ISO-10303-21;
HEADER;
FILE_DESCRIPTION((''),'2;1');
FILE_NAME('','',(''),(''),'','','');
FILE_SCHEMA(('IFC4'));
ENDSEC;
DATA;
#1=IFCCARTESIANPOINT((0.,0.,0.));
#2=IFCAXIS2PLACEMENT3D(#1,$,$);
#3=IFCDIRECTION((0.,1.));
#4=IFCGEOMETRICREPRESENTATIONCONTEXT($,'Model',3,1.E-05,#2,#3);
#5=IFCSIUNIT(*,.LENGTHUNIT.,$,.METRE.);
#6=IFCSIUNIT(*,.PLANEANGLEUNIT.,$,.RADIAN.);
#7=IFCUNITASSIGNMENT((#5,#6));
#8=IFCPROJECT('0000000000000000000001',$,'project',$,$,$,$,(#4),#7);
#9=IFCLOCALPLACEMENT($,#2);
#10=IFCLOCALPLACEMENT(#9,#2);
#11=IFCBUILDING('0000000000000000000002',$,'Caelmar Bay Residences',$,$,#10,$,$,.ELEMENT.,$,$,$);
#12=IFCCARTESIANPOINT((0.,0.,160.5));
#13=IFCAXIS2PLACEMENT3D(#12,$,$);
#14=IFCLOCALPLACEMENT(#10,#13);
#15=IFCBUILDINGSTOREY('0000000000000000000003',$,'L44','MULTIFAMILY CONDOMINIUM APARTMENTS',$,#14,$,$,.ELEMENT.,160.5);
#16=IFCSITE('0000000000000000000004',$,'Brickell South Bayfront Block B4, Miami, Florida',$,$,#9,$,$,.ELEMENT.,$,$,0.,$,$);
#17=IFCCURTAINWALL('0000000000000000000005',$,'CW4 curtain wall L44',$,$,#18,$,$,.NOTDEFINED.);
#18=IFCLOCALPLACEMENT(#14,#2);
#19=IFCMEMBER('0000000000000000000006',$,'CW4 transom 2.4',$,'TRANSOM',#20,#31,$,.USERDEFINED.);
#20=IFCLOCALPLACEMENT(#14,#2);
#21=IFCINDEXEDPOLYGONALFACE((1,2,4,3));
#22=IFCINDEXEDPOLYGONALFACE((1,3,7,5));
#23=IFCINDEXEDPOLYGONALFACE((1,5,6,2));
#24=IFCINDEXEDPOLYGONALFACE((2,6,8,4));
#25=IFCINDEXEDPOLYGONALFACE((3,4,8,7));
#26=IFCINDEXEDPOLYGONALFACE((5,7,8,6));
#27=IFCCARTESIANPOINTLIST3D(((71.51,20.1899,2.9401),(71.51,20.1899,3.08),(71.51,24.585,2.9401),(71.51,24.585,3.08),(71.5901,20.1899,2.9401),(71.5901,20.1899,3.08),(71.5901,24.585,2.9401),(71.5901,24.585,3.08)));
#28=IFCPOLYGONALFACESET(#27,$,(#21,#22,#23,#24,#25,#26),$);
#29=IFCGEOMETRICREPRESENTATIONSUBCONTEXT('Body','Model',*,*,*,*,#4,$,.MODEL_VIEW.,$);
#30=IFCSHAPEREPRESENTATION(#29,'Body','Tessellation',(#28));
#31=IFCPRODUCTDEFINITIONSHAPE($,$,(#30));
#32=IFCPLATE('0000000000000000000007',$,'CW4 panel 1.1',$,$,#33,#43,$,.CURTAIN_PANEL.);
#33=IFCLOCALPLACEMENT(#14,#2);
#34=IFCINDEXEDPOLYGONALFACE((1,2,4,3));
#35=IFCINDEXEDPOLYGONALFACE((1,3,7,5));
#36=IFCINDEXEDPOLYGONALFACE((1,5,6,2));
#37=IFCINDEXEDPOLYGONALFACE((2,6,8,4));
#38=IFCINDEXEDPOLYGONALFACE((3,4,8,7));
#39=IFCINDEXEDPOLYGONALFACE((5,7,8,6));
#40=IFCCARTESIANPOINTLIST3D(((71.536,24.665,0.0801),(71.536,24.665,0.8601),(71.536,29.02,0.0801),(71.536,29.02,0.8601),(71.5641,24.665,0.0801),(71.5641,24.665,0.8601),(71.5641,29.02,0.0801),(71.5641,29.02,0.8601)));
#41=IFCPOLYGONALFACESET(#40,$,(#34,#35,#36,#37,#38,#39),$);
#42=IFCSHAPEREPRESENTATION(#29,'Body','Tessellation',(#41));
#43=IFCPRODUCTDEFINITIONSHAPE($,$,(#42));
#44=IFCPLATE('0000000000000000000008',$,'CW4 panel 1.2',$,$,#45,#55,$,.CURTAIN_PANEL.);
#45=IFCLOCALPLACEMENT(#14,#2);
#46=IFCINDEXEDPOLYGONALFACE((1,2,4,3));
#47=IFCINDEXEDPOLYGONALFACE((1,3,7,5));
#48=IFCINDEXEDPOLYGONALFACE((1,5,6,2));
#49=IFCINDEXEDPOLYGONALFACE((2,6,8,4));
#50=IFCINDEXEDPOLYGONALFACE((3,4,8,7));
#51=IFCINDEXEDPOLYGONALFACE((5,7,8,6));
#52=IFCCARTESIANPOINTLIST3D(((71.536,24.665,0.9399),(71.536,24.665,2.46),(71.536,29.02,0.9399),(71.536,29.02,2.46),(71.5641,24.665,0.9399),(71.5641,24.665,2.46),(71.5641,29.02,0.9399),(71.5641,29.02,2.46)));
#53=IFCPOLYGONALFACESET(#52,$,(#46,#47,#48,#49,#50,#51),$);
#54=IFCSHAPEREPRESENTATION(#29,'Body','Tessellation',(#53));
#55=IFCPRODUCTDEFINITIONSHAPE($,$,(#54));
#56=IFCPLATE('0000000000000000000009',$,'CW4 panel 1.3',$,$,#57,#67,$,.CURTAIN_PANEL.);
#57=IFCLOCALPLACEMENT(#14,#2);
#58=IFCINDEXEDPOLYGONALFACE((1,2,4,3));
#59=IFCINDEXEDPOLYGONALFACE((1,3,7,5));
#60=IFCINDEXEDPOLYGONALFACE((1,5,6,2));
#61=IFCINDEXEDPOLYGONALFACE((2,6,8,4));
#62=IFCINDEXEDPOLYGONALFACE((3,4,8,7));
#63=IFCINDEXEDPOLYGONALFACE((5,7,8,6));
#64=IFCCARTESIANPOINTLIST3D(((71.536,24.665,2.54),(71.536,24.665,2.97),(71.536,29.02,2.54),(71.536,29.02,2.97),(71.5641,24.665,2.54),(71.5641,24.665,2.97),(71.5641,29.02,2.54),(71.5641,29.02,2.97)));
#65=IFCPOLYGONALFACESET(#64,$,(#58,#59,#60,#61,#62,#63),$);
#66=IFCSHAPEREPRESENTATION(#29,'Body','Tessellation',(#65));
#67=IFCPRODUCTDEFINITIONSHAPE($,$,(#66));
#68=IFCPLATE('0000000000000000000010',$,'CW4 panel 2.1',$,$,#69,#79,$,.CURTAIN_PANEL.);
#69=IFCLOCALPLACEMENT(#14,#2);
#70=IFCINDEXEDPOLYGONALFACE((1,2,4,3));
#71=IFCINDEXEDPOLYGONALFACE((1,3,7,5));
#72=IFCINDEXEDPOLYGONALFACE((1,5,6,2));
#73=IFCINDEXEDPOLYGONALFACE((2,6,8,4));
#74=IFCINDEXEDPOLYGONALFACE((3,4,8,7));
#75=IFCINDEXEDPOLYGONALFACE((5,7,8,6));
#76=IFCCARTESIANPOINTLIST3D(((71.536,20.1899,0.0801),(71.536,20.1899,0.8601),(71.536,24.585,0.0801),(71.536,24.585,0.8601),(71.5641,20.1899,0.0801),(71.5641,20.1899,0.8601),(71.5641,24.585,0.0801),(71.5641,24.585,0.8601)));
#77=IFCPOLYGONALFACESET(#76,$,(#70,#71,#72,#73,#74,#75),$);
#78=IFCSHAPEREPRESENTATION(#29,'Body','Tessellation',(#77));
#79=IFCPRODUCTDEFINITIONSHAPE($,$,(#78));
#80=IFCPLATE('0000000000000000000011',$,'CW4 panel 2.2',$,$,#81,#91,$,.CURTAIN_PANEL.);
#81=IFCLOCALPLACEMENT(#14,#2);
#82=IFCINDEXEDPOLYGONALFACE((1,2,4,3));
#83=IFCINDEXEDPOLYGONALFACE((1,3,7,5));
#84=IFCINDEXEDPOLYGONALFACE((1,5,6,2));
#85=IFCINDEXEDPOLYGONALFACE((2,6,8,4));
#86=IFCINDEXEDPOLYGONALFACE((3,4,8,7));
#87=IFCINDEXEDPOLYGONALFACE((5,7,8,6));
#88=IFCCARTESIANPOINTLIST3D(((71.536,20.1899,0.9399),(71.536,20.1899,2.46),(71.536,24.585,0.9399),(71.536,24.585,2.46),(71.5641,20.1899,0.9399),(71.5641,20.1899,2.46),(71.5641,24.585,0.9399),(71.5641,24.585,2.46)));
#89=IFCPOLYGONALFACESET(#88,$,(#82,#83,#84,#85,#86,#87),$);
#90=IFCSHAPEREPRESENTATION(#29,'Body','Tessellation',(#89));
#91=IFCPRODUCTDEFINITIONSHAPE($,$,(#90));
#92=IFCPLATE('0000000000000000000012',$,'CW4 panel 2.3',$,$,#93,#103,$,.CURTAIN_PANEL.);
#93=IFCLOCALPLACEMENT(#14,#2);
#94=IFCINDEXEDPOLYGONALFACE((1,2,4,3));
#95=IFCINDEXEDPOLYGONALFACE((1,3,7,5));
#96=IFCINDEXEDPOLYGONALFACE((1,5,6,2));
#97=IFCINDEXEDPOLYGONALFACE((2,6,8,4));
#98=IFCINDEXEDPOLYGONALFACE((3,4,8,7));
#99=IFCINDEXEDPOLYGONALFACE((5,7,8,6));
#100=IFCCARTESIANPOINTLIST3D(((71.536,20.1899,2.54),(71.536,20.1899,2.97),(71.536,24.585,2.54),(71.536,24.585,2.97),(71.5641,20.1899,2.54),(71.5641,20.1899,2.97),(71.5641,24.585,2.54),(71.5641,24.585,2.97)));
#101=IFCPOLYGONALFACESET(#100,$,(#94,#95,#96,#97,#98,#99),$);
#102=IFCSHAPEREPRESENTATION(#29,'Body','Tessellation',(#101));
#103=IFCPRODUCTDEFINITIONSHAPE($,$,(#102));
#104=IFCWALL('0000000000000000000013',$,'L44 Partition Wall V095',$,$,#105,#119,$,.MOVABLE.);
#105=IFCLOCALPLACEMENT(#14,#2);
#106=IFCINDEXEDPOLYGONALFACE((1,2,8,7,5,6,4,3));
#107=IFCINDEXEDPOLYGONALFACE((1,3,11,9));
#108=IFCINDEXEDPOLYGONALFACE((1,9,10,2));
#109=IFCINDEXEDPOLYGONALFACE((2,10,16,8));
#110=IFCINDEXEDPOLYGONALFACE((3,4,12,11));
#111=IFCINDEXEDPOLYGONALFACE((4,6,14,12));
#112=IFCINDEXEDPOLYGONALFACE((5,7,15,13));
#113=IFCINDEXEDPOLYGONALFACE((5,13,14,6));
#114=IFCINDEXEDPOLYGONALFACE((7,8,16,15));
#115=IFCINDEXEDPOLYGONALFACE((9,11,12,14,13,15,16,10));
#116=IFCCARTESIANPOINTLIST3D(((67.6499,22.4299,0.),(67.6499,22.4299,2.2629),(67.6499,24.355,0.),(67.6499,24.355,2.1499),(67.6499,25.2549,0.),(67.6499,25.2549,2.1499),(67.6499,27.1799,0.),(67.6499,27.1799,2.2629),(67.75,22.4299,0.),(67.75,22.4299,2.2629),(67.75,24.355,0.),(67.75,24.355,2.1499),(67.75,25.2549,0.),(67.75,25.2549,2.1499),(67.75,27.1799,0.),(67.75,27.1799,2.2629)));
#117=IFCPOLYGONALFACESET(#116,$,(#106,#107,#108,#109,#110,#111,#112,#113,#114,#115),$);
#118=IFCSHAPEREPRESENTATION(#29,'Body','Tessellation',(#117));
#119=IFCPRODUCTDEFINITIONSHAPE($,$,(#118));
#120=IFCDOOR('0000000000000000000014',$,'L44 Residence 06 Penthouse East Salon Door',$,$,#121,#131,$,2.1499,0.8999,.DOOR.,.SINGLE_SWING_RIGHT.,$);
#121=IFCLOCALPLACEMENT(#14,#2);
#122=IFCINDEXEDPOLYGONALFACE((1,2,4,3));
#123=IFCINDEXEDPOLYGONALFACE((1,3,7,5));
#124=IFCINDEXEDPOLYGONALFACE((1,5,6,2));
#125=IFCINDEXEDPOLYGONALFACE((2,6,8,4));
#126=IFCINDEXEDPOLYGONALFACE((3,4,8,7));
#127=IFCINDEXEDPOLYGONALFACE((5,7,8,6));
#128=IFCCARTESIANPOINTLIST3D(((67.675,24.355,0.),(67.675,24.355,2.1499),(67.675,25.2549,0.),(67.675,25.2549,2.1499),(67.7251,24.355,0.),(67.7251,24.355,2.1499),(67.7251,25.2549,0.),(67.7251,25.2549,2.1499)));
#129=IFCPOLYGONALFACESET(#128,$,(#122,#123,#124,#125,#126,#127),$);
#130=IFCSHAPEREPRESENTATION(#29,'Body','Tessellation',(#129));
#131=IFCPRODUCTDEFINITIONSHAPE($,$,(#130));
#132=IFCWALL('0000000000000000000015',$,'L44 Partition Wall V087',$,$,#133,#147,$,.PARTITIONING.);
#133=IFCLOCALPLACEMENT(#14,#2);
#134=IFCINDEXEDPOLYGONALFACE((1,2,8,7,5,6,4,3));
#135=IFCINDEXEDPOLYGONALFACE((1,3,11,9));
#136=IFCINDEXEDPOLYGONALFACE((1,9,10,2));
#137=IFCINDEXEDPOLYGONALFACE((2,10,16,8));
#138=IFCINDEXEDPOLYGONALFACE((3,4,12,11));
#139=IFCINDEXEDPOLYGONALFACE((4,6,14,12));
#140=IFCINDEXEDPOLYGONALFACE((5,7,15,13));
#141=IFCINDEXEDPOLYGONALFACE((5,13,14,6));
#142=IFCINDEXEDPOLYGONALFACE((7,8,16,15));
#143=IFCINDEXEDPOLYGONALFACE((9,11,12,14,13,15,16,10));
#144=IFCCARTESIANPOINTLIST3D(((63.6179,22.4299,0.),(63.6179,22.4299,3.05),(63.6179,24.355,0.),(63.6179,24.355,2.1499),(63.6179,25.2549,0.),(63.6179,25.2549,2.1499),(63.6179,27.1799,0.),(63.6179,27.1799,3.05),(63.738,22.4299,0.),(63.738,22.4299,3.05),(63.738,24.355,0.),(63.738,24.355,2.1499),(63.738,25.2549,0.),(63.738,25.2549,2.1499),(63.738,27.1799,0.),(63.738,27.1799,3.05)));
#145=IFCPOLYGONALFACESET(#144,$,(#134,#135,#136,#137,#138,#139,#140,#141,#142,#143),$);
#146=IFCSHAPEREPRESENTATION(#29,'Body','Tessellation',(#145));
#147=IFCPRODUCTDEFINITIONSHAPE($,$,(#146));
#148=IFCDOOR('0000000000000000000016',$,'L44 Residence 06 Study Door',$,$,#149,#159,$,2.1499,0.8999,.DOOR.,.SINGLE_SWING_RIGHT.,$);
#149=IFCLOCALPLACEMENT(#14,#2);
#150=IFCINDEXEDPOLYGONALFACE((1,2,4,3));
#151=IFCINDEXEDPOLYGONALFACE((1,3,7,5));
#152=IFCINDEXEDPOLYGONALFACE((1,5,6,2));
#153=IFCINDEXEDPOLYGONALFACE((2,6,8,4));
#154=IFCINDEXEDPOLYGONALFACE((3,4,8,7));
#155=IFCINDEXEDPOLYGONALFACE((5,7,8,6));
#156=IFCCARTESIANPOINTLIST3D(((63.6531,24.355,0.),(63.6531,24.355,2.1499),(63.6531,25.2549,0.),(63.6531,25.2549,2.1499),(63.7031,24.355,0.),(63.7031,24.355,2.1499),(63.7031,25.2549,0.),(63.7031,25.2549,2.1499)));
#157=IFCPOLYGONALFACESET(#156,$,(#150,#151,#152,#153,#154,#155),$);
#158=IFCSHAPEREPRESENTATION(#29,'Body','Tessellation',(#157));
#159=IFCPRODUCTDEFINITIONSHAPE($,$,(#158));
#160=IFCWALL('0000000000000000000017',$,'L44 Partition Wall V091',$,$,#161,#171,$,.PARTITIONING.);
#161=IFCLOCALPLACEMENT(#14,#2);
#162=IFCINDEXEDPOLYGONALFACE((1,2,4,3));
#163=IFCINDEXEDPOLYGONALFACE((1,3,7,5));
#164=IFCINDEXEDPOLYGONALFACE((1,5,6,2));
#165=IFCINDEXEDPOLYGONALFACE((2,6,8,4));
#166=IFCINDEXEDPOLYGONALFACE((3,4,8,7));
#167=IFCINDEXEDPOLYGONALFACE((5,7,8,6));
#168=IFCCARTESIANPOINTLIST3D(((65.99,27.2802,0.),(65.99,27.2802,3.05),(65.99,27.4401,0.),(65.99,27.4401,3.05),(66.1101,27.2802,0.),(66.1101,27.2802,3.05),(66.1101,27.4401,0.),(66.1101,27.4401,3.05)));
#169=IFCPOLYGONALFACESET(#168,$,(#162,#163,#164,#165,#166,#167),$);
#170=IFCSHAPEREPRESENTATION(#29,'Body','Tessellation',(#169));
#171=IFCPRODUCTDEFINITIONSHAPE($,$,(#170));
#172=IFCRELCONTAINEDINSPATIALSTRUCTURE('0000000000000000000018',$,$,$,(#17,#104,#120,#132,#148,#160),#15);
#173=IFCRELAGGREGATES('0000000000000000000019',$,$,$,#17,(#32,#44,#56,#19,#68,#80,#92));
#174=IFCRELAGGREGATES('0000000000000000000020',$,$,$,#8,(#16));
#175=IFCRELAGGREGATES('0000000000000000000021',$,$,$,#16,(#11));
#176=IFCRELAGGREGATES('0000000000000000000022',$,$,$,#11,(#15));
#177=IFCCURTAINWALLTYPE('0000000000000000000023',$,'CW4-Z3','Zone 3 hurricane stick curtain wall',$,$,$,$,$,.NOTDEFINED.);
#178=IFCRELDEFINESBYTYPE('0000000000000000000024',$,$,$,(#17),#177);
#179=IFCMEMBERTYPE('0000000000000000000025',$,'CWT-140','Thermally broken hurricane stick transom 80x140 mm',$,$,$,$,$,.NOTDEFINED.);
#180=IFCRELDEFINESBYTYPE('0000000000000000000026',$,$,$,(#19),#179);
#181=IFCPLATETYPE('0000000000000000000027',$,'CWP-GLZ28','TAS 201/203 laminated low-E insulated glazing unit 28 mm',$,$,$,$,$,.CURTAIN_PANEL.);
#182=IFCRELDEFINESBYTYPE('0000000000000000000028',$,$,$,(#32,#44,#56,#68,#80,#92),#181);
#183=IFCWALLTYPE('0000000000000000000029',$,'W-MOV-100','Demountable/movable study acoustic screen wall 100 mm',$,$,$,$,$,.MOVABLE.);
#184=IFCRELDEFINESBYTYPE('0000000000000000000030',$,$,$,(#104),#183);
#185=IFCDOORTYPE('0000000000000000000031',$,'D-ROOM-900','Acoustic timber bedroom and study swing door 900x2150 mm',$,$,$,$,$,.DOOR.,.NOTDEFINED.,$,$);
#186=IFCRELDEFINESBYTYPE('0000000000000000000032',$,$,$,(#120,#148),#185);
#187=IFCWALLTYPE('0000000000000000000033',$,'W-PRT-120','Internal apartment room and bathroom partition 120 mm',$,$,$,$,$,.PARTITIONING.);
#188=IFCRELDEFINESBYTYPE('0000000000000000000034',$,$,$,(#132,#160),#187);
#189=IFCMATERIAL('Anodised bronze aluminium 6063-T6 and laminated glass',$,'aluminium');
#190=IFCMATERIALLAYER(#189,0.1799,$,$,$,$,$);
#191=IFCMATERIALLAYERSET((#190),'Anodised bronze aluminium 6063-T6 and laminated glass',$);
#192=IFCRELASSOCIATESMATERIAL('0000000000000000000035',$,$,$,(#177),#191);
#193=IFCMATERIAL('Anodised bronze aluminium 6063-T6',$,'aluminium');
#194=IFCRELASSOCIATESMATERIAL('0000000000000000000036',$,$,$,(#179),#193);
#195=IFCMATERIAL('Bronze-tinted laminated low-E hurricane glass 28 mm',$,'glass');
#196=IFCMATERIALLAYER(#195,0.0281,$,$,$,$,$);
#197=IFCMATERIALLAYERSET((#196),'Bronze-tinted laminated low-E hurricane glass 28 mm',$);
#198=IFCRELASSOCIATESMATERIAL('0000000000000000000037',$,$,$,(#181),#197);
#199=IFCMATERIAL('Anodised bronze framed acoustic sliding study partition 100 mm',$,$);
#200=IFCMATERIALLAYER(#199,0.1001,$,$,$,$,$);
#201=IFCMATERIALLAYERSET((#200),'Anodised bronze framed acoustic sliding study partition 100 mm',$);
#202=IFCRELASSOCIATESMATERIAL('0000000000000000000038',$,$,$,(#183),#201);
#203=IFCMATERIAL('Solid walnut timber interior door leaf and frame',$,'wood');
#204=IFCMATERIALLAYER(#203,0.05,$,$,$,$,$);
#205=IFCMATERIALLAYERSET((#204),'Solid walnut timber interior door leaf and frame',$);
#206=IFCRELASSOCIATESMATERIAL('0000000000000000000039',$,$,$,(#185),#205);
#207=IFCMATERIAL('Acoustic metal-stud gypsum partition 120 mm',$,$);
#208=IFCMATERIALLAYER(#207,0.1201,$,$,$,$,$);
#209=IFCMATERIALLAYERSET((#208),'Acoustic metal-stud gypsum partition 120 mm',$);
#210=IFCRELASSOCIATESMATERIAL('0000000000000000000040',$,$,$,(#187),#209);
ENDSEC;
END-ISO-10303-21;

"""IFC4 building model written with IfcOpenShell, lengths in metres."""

from ifc_helpers import new_model, si_unit, direction, frame, frame_2d, origin, origin_2d, place, context, subcontext, project, spatial, rectangle, extrude, material, layer, layer_set, material_profile, profile_set, type_object, element, fill, aggregate, save


model = new_model("IFC4")

# Units and contexts
model_context = context("Model", 3, precision=1e-05, world=origin(), true_north=direction((0.0, 1.0)))
body_context = subcontext(model_context, "Body", "Model", "MODEL_VIEW")
ifc_project = project(units=[si_unit("LENGTHUNIT", "METRE"), si_unit("PLANEANGLEUNIT", "RADIAN")], contexts=[model_context])

# Site, building, storey
site_placement = place(None, origin())
site = spatial("IfcSite", under=ifc_project, at=site_placement, Name="Brickell South Bayfront Block B4, Miami, Florida", CompositionType="ELEMENT", RefElevation=0.0)
building_placement = place(site_placement, origin())
building = spatial("IfcBuilding", under=site, at=building_placement, Name="Caelmar Bay Residences", CompositionType="ELEMENT")
storey_placement = place(building_placement, frame((0.0, 0.0, 160.5)))
storey = spatial("IfcBuildingStorey", under=building, at=storey_placement, Name="L44", Description="MULTIFAMILY CONDOMINIUM APARTMENTS", CompositionType="ELEMENT", Elevation=160.5)

# Curtain wall, member, plates
ifc_material_1 = material(Name="Anodised bronze aluminium 6063-T6 and laminated glass", Category="aluminium")
ifc_layer_1 = layer(ifc_material_1, 0.1799)
ifc_layer_set_1 = layer_set([ifc_layer_1], Name="Anodised bronze aluminium 6063-T6 and laminated glass")
curtain_wall_type = type_object("IfcCurtainWallType", Name="CW4-Z3", Description="Zone 3 hurricane stick curtain wall", PredefinedType="NOTDEFINED", material=ifc_layer_set_1)
curtain_wall_placement = place(storey_placement, origin())
curtain_wall = element("IfcCurtainWall", 1, at=curtain_wall_placement, inside=storey, type_object=curtain_wall_type, Name="CW4 curtain wall L44", PredefinedType="NOTDEFINED")
ifc_material_2 = material(Name="Anodised bronze aluminium 6063-T6", Category="aluminium")
ifc_material_profile_1 = material_profile(ifc_material_2, rectangle(XDim=0.0801, YDim=0.1399, at=origin_2d()), Name="CWT-80X140")
ifc_profile_set_1 = profile_set([ifc_material_profile_1], Name="Anodised bronze aluminium 6063-T6")
member_type_1 = type_object("IfcMemberType", Name="CWT-140", Description="Thermally broken hurricane stick transom 80x140 mm", PredefinedType="NOTDEFINED", material=ifc_profile_set_1)
member_1_placement = place(storey_placement, frame((71.55, 24.585, 3.01), z_axis=(0.0, -1.0, 0.0), x_axis=(1.0, 0.0, 0.0)))
member_1 = element("IfcMember", 2, at=member_1_placement, type_object=member_type_1, Name="CW4 transom 2.4", ObjectType="TRANSOM", PredefinedType="USERDEFINED", context=body_context, shape_type="SweptSolid", body=[
    extrude(rectangle(XDim=0.0801, YDim=0.1399, at=origin_2d()), origin(), (0.0, 0.0, 1.0), 4.395),
])
ifc_material_3 = material(Name="Bronze-tinted laminated low-E hurricane glass 28 mm", Category="glass")
ifc_layer_2 = layer(ifc_material_3, 0.0281)
ifc_layer_set_2 = layer_set([ifc_layer_2], Name="Bronze-tinted laminated low-E hurricane glass 28 mm")
plate_type = type_object("IfcPlateType", Name="CWP-GLZ28", Description="TAS 201/203 laminated low-E insulated glazing unit 28 mm", PredefinedType="CURTAIN_PANEL", material=ifc_layer_set_2)
plate_1_placement = place(storey_placement, frame((71.55, 26.8425, 0.0801), z_axis=(0.0, 0.0, 1.0), x_axis=(0.0, -1.0, 0.0)))
plate_1 = element("IfcPlate", 3, at=plate_1_placement, type_object=plate_type, Name="CW4 panel 1.1", PredefinedType="CURTAIN_PANEL", context=body_context, shape_type="SweptSolid", body=[
    extrude(rectangle(XDim=4.355, YDim=0.0281, at=origin_2d()), origin(), (0.0, 0.0, 1.0), 0.78),
])
plate_2_placement = place(storey_placement, frame((71.55, 26.8425, 0.9399), z_axis=(0.0, 0.0, 1.0), x_axis=(0.0, -1.0, 0.0)))
plate_2 = element("IfcPlate", 4, at=plate_2_placement, type_object=plate_type, Name="CW4 panel 1.2", PredefinedType="CURTAIN_PANEL", context=body_context, shape_type="SweptSolid", body=[
    extrude(rectangle(XDim=4.355, YDim=0.0281, at=origin_2d()), origin(), (0.0, 0.0, 1.0), 1.52),
])
plate_3_placement = place(storey_placement, frame((71.55, 26.8425, 2.54), z_axis=(0.0, 0.0, 1.0), x_axis=(0.0, -1.0, 0.0)))
plate_3 = element("IfcPlate", 5, at=plate_3_placement, type_object=plate_type, Name="CW4 panel 1.3", PredefinedType="CURTAIN_PANEL", context=body_context, shape_type="SweptSolid", body=[
    extrude(rectangle(XDim=4.355, YDim=0.0281, at=origin_2d()), origin(), (0.0, 0.0, 1.0), 0.4299),
])
plate_4_placement = place(storey_placement, frame((71.55, 22.3875, 0.0801), z_axis=(0.0, 0.0, 1.0), x_axis=(0.0, -1.0, 0.0)))
plate_4 = element("IfcPlate", 6, at=plate_4_placement, type_object=plate_type, Name="CW4 panel 2.1", PredefinedType="CURTAIN_PANEL", context=body_context, shape_type="SweptSolid", body=[
    extrude(rectangle(XDim=4.395, YDim=0.0281, at=origin_2d()), origin(), (0.0, 0.0, 1.0), 0.78),
])
plate_5_placement = place(storey_placement, frame((71.55, 22.3875, 0.9399), z_axis=(0.0, 0.0, 1.0), x_axis=(0.0, -1.0, 0.0)))
plate_5 = element("IfcPlate", 7, at=plate_5_placement, type_object=plate_type, Name="CW4 panel 2.2", PredefinedType="CURTAIN_PANEL", context=body_context, shape_type="SweptSolid", body=[
    extrude(rectangle(XDim=4.395, YDim=0.0281, at=origin_2d()), origin(), (0.0, 0.0, 1.0), 1.52),
])
plate_6_placement = place(storey_placement, frame((71.55, 22.3875, 2.54), z_axis=(0.0, 0.0, 1.0), x_axis=(0.0, -1.0, 0.0)))
plate_6 = element("IfcPlate", 8, at=plate_6_placement, type_object=plate_type, Name="CW4 panel 2.3", PredefinedType="CURTAIN_PANEL", context=body_context, shape_type="SweptSolid", body=[
    extrude(rectangle(XDim=4.395, YDim=0.0281, at=origin_2d()), origin(), (0.0, 0.0, 1.0), 0.4299),
])
aggregate(curtain_wall, [plate_1, plate_2, plate_3, member_1, plate_4, plate_5, plate_6])

# Walls, openings, doors
ifc_material_4 = material(Name="Anodised bronze framed acoustic sliding study partition 100 mm")
ifc_layer_3 = layer(ifc_material_4, 0.1001)
ifc_layer_set_3 = layer_set([ifc_layer_3], Name="Anodised bronze framed acoustic sliding study partition 100 mm")
wall_type_1 = type_object("IfcWallType", Name="W-MOV-100", Description="Demountable/movable study acoustic screen wall 100 mm", PredefinedType="MOVABLE", material=ifc_layer_set_3)
wall_1_placement = place(storey_placement, frame((67.7, 22.4299, 0.0), z_axis=(0.0, 0.0, 1.0), x_axis=(0.0, 1.0, 0.0)))
wall_1 = element("IfcWall", 9, at=wall_1_placement, inside=storey, type_object=wall_type_1, Name="L44 Partition Wall V095", PredefinedType="MOVABLE", context=body_context, shape_type="SweptSolid", body=[
    extrude(rectangle(XDim=4.75, YDim=0.1001, at=frame_2d((2.375, 0.0))), origin(), (0.0, 0.0, 1.0), 2.2629),
])
opening_1_placement = place(wall_1_placement, frame((1.925, 0.0, 0.0)))
opening_1 = element("IfcOpeningElement", 10, at=opening_1_placement, cuts=wall_1, PredefinedType="OPENING", context=body_context, shape_type="SweptSolid", body=[
    extrude(rectangle(XDim=0.8999, YDim=2.1499, at=frame_2d((0.45, 1.075))), frame((0.0, 0.0601, 0.0), z_axis=(0.0, -1.0, 0.0), x_axis=(1.0, 0.0, 0.0)), (0.0, 0.0, 1.0), 0.1201),
])
ifc_material_5 = material(Name="Solid walnut timber interior door leaf and frame", Category="wood")
ifc_layer_4 = layer(ifc_material_5, 0.05)
ifc_layer_set_4 = layer_set([ifc_layer_4], Name="Solid walnut timber interior door leaf and frame")
door_type_1 = type_object("IfcDoorType", Name="D-ROOM-900", Description="Acoustic timber bedroom and study swing door 900x2150 mm", OperationType="NOTDEFINED", PredefinedType="DOOR", material=ifc_layer_set_4)
door_1_placement = place(opening_1_placement, origin())
door_1 = element("IfcDoor", 11, at=door_1_placement, inside=storey, type_object=door_type_1, Name="L44 Residence 06 Penthouse East Salon Door", OperationType="SINGLE_SWING_RIGHT", OverallHeight=2.1499, OverallWidth=0.8999, PredefinedType="DOOR", context=body_context, shape_type="SweptSolid", body=[
    extrude(rectangle(XDim=0.8999, YDim=2.1499, at=frame_2d((0.45, 1.075))), frame((0.0, 0.0249, 0.0), z_axis=(0.0, -1.0, 0.0), x_axis=(1.0, 0.0, 0.0)), (0.0, 0.0, 1.0), 0.05),
])
fill(opening_1, door_1)
ifc_material_6 = material(Name="Acoustic metal-stud gypsum partition 120 mm")
ifc_layer_5 = layer(ifc_material_6, 0.1201)
ifc_layer_set_5 = layer_set([ifc_layer_5], Name="Acoustic metal-stud gypsum partition 120 mm")
wall_type_2 = type_object("IfcWallType", Name="W-PRT-120", Description="Internal apartment room and bathroom partition 120 mm", PredefinedType="PARTITIONING", material=ifc_layer_set_5)
wall_2_placement = place(storey_placement, frame((63.678, 22.4299, 0.0), z_axis=(0.0, 0.0, 1.0), x_axis=(0.0, 1.0, 0.0)))
wall_2 = element("IfcWall", 12, at=wall_2_placement, inside=storey, type_object=wall_type_2, Name="L44 Partition Wall V087", PredefinedType="PARTITIONING", context=body_context, shape_type="SweptSolid", body=[
    extrude(rectangle(XDim=4.75, YDim=0.1201, at=frame_2d((2.375, 0.0))), origin(), (0.0, 0.0, 1.0), 3.05),
])
opening_2_placement = place(wall_2_placement, frame((1.925, 0.0, 0.0)))
opening_2 = element("IfcOpeningElement", 13, at=opening_2_placement, cuts=wall_2, PredefinedType="OPENING", context=body_context, shape_type="SweptSolid", body=[
    extrude(rectangle(XDim=0.8999, YDim=2.1499, at=frame_2d((0.45, 1.075))), frame((0.0, 0.0701, 0.0), z_axis=(0.0, -1.0, 0.0), x_axis=(1.0, 0.0, 0.0)), (0.0, 0.0, 1.0), 0.1401),
])
door_2_placement = place(opening_2_placement, origin())
door_2 = element("IfcDoor", 14, at=door_2_placement, inside=storey, type_object=door_type_1, Name="L44 Residence 06 Study Door", OperationType="SINGLE_SWING_RIGHT", OverallHeight=2.1499, OverallWidth=0.8999, PredefinedType="DOOR", context=body_context, shape_type="SweptSolid", body=[
    extrude(rectangle(XDim=0.8999, YDim=2.1499, at=frame_2d((0.45, 1.075))), frame((0.0, 0.0249, 0.0), z_axis=(0.0, -1.0, 0.0), x_axis=(1.0, 0.0, 0.0)), (0.0, 0.0, 1.0), 0.05),
])
fill(opening_2, door_2)

# Wall
wall_3_placement = place(storey_placement, frame((66.05, 27.28, 0.0), z_axis=(0.0, 0.0, 1.0), x_axis=(0.0, 1.0, 0.0)))
element("IfcWall", 15, at=wall_3_placement, inside=storey, type_object=wall_type_2, Name="L44 Partition Wall V091", PredefinedType="PARTITIONING", context=body_context, shape_type="SweptSolid", body=[
    extrude(rectangle(XDim=0.1599, YDim=0.1201, at=frame_2d((0.0801, 0.0))), origin(), (0.0, 0.0, 1.0), 3.05),
])

save(model, "model.ifc")
